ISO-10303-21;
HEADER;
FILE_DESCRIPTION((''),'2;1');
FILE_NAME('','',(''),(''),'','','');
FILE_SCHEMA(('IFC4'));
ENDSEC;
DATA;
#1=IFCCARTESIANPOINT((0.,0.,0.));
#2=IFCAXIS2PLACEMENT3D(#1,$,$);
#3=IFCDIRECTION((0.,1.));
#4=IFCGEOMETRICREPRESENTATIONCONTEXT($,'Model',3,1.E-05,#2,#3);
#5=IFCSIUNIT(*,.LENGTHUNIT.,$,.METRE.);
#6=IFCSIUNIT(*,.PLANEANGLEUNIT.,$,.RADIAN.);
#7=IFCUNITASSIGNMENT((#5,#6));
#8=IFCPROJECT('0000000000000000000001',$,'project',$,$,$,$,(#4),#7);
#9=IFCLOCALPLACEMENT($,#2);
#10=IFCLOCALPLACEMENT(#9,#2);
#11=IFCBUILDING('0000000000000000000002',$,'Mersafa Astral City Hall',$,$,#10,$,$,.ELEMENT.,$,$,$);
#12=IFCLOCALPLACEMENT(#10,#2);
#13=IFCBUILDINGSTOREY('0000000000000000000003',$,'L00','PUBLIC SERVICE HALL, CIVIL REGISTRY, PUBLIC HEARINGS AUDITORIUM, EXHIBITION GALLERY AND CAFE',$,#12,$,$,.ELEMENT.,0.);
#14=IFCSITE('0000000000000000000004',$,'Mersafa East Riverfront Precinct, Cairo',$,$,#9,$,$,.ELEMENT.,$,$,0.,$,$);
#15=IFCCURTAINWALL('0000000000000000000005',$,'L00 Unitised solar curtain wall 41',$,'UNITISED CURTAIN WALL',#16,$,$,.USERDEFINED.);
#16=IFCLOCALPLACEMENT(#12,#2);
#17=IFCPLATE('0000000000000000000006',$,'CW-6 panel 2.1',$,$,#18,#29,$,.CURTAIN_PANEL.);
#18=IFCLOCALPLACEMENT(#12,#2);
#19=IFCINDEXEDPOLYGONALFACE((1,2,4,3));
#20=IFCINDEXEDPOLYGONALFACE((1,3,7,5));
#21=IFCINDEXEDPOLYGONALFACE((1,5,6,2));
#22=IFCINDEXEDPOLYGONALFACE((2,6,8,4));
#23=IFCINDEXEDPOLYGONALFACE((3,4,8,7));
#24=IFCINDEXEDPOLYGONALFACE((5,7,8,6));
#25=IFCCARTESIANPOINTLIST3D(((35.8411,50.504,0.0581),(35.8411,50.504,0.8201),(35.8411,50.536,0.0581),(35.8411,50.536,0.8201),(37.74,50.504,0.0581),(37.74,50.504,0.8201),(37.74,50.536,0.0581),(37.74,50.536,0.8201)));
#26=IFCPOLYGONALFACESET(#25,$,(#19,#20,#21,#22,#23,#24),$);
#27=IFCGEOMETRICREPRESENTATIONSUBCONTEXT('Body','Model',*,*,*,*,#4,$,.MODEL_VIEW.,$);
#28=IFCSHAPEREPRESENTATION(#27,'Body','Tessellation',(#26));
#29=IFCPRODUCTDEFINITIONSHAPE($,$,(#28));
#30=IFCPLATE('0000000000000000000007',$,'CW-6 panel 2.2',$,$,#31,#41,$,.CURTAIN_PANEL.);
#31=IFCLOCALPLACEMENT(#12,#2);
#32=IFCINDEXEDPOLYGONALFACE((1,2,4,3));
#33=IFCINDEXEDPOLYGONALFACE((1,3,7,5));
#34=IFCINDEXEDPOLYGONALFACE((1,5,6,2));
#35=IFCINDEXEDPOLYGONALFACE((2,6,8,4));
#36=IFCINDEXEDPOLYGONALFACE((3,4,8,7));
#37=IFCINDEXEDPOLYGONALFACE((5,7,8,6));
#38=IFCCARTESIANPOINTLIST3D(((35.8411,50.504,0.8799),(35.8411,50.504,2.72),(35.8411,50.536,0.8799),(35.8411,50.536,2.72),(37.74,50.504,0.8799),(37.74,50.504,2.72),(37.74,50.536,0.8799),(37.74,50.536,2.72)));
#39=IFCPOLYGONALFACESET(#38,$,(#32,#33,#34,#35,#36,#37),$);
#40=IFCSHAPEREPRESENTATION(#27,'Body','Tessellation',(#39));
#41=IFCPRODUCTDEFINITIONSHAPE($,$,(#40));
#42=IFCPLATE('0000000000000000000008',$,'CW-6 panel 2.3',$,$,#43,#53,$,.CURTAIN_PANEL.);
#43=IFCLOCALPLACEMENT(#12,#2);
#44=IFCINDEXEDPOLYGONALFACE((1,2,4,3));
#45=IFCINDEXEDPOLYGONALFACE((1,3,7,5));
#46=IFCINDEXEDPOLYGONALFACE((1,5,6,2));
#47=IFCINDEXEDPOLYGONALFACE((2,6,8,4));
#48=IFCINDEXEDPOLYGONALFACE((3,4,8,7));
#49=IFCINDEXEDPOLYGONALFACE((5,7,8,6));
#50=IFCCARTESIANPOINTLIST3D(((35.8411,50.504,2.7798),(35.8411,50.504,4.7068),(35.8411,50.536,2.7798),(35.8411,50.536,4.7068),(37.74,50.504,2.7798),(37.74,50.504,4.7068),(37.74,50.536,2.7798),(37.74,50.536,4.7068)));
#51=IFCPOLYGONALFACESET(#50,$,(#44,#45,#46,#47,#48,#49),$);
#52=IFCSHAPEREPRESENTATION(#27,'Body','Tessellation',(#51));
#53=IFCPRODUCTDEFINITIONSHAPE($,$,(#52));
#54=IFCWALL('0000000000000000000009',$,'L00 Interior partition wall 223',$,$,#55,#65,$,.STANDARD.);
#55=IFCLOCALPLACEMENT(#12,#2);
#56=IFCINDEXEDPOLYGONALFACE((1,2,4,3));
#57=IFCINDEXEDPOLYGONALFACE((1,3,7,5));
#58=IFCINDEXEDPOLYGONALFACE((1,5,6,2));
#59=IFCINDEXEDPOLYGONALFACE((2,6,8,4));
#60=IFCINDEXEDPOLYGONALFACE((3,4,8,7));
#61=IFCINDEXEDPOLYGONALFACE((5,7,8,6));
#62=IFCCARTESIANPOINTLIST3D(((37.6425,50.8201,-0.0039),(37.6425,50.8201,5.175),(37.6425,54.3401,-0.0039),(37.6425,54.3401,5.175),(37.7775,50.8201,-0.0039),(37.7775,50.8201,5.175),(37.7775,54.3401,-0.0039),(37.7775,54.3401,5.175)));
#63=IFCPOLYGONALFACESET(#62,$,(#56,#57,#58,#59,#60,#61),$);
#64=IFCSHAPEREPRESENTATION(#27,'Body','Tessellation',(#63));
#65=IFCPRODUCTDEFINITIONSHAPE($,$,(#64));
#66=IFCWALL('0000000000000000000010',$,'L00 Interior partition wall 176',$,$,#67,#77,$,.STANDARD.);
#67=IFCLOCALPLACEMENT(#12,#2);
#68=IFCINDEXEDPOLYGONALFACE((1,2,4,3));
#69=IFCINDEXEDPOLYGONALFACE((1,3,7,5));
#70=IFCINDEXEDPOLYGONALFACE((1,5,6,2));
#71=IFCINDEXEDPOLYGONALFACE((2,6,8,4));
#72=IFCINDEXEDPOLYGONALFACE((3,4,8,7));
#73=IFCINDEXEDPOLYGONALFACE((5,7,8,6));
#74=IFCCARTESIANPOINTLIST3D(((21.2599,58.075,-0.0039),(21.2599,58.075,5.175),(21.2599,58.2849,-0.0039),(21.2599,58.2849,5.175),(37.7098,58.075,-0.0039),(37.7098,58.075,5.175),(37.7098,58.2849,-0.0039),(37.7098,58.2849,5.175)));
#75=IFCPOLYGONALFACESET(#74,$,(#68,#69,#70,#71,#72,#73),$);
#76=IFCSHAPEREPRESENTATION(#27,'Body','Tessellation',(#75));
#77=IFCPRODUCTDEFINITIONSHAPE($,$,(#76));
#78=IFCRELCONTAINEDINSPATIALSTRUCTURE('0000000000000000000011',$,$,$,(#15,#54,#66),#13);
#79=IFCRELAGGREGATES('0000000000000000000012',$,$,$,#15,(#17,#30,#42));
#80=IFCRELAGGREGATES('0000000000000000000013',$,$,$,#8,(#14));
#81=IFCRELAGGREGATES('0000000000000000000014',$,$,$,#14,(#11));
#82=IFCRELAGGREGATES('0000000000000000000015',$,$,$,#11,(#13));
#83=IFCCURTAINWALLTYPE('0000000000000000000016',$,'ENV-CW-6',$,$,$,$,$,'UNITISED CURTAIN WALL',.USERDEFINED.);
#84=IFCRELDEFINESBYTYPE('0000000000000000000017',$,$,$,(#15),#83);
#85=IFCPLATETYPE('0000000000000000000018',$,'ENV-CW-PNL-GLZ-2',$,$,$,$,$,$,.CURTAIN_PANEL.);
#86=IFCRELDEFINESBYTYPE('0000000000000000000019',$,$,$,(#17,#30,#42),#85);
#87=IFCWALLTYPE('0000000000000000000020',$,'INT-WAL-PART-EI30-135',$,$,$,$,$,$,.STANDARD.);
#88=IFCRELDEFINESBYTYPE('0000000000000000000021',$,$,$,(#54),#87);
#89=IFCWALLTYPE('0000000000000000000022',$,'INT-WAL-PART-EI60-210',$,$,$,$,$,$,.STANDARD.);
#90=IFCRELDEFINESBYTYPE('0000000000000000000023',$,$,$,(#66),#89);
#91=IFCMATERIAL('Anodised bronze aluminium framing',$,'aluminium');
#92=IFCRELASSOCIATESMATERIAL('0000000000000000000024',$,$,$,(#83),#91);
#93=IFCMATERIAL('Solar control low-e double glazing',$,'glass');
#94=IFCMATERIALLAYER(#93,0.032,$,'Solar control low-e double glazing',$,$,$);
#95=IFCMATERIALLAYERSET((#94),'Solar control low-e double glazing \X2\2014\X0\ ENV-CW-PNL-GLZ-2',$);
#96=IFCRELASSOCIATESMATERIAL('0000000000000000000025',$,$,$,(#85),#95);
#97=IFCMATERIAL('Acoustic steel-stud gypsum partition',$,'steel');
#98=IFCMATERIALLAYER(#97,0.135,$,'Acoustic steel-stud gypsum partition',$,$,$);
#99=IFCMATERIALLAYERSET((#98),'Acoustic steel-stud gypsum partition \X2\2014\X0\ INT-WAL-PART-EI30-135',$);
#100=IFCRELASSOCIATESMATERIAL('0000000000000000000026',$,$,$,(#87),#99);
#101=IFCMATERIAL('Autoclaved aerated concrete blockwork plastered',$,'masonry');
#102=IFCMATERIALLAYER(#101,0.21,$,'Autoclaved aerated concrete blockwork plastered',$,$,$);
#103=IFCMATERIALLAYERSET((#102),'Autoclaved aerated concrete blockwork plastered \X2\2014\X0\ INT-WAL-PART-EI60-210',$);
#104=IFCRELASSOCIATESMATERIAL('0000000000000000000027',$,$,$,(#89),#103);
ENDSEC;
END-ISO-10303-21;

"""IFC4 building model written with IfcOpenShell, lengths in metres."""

from ifc_helpers import new_model, si_unit, direction, frame, frame_2d, origin, origin_2d, place, context, subcontext, project, spatial, rectangle, extrude, material, layer, layer_set, type_object, element, aggregate, save


model = new_model("IFC4")

# Units and contexts
model_context = context("Model", 3, precision=1e-05, world=origin(), true_north=direction((0.0, 1.0)))
body_context = subcontext(model_context, "Body", "Model", "MODEL_VIEW")
ifc_project = project(units=[si_unit("LENGTHUNIT", "METRE"), si_unit("PLANEANGLEUNIT", "RADIAN")], contexts=[model_context])

# Site, building, storey
site_placement = place(None, origin())
site = spatial("IfcSite", under=ifc_project, at=site_placement, Name="Mersafa East Riverfront Precinct, Cairo", CompositionType="ELEMENT", RefElevation=0.0)
building_placement = place(site_placement, origin())
building = spatial("IfcBuilding", under=site, at=building_placement, Name="Mersafa Astral City Hall", CompositionType="ELEMENT")
storey_placement = place(building_placement, origin())
storey = spatial("IfcBuildingStorey", under=building, at=storey_placement, Name="L00", Description="PUBLIC SERVICE HALL, CIVIL REGISTRY, PUBLIC HEARINGS AUDITORIUM, EXHIBITION GALLERY AND CAFE", CompositionType="ELEMENT", Elevation=0.0)

# Curtain wall
ifc_material_1 = material(Name="Anodised bronze aluminium framing", Category="aluminium")
curtain_wall_type = type_object("IfcCurtainWallType", Name="ENV-CW-6", ElementType="UNITISED CURTAIN WALL", PredefinedType="USERDEFINED", material=ifc_material_1)
curtain_wall_placement = place(storey_placement, origin())
curtain_wall = element("IfcCurtainWall", 1, at=curtain_wall_placement, inside=storey, type_object=curtain_wall_type, Name="L00 Unitised solar curtain wall 41", ObjectType="UNITISED CURTAIN WALL", PredefinedType="USERDEFINED")

# Plates
ifc_material_2 = material(Name="Solar control low-e double glazing", Category="glass")
ifc_layer_1 = layer(ifc_material_2, 0.032, Name="Solar control low-e double glazing")
ifc_layer_set_1 = layer_set([ifc_layer_1], Name="Solar control low-e double glazing — ENV-CW-PNL-GLZ-2")
plate_type = type_object("IfcPlateType", Name="ENV-CW-PNL-GLZ-2", PredefinedType="CURTAIN_PANEL", material=ifc_layer_set_1)
plate_1_placement = place(storey_placement, frame((36.7905, 50.52, 0.0581), z_axis=(0.0, 0.0, 1.0), x_axis=(1.0, 0.0, 0.0)))
plate_1 = element("IfcPlate", 2, at=plate_1_placement, type_object=plate_type, Name="CW-6 panel 2.1", PredefinedType="CURTAIN_PANEL", context=body_context, shape_type="SweptSolid", body=[
    extrude(rectangle(XDim=1.8989, YDim=0.032, at=origin_2d()), origin(), (0.0, 0.0, 1.0), 0.762),
])
plate_2_placement = place(storey_placement, frame((36.7905, 50.52, 0.8799), z_axis=(0.0, 0.0, 1.0), x_axis=(1.0, 0.0, 0.0)))
plate_2 = element("IfcPlate", 3, at=plate_2_placement, type_object=plate_type, Name="CW-6 panel 2.2", PredefinedType="CURTAIN_PANEL", context=body_context, shape_type="SweptSolid", body=[
    extrude(rectangle(XDim=1.8989, YDim=0.032, at=origin_2d()), origin(), (0.0, 0.0, 1.0), 1.8401),
])
plate_3_placement = place(storey_placement, frame((36.7905, 50.52, 2.7798), z_axis=(0.0, 0.0, 1.0), x_axis=(1.0, 0.0, 0.0)))
plate_3 = element("IfcPlate", 4, at=plate_3_placement, type_object=plate_type, Name="CW-6 panel 2.3", PredefinedType="CURTAIN_PANEL", context=body_context, shape_type="SweptSolid", body=[
    extrude(rectangle(XDim=1.8989, YDim=0.032, at=origin_2d()), origin(), (0.0, 0.0, 1.0), 1.927),
])
aggregate(curtain_wall, [plate_1, plate_2, plate_3])

# Walls
ifc_material_3 = material(Name="Acoustic steel-stud gypsum partition", Category="steel")
ifc_layer_2 = layer(ifc_material_3, 0.135, Name="Acoustic steel-stud gypsum partition")
ifc_layer_set_2 = layer_set([ifc_layer_2], Name="Acoustic steel-stud gypsum partition — INT-WAL-PART-EI30-135")
wall_type_1 = type_object("IfcWallType", Name="INT-WAL-PART-EI30-135", PredefinedType="STANDARD", material=ifc_layer_set_2)
wall_1_placement = place(storey_placement, frame((37.71, 54.3401, -0.0039), z_axis=(0.0, 0.0, 1.0), x_axis=(0.0, -1.0, 0.0)))
element("IfcWall", 5, at=wall_1_placement, inside=storey, type_object=wall_type_1, Name="L00 Interior partition wall 223", PredefinedType="STANDARD", context=body_context, shape_type="SweptSolid", body=[
    extrude(rectangle(XDim=3.52, YDim=0.135, at=frame_2d((1.76, 0.0))), origin(), (0.0, 0.0, 1.0), 5.179),
])
ifc_material_4 = material(Name="Autoclaved aerated concrete blockwork plastered", Category="masonry")
ifc_layer_3 = layer(ifc_material_4, 0.21, Name="Autoclaved aerated concrete blockwork plastered")
ifc_layer_set_3 = layer_set([ifc_layer_3], Name="Autoclaved aerated concrete blockwork plastered — INT-WAL-PART-EI60-210")
wall_type_2 = type_object("IfcWallType", Name="INT-WAL-PART-EI60-210", PredefinedType="STANDARD", material=ifc_layer_set_3)
wall_2_placement = place(storey_placement, frame((37.71, 58.1799, -0.0039), z_axis=(0.0, 0.0, 1.0), x_axis=(-1.0, 0.0, 0.0)))
element("IfcWall", 6, at=wall_2_placement, inside=storey, type_object=wall_type_2, Name="L00 Interior partition wall 176", PredefinedType="STANDARD", context=body_context, shape_type="SweptSolid", body=[
    extrude(rectangle(XDim=16.45, YDim=0.21, at=frame_2d((8.2251, 0.0))), origin(), (0.0, 0.0, 1.0), 5.179),
])

save(model, "model.ifc")
